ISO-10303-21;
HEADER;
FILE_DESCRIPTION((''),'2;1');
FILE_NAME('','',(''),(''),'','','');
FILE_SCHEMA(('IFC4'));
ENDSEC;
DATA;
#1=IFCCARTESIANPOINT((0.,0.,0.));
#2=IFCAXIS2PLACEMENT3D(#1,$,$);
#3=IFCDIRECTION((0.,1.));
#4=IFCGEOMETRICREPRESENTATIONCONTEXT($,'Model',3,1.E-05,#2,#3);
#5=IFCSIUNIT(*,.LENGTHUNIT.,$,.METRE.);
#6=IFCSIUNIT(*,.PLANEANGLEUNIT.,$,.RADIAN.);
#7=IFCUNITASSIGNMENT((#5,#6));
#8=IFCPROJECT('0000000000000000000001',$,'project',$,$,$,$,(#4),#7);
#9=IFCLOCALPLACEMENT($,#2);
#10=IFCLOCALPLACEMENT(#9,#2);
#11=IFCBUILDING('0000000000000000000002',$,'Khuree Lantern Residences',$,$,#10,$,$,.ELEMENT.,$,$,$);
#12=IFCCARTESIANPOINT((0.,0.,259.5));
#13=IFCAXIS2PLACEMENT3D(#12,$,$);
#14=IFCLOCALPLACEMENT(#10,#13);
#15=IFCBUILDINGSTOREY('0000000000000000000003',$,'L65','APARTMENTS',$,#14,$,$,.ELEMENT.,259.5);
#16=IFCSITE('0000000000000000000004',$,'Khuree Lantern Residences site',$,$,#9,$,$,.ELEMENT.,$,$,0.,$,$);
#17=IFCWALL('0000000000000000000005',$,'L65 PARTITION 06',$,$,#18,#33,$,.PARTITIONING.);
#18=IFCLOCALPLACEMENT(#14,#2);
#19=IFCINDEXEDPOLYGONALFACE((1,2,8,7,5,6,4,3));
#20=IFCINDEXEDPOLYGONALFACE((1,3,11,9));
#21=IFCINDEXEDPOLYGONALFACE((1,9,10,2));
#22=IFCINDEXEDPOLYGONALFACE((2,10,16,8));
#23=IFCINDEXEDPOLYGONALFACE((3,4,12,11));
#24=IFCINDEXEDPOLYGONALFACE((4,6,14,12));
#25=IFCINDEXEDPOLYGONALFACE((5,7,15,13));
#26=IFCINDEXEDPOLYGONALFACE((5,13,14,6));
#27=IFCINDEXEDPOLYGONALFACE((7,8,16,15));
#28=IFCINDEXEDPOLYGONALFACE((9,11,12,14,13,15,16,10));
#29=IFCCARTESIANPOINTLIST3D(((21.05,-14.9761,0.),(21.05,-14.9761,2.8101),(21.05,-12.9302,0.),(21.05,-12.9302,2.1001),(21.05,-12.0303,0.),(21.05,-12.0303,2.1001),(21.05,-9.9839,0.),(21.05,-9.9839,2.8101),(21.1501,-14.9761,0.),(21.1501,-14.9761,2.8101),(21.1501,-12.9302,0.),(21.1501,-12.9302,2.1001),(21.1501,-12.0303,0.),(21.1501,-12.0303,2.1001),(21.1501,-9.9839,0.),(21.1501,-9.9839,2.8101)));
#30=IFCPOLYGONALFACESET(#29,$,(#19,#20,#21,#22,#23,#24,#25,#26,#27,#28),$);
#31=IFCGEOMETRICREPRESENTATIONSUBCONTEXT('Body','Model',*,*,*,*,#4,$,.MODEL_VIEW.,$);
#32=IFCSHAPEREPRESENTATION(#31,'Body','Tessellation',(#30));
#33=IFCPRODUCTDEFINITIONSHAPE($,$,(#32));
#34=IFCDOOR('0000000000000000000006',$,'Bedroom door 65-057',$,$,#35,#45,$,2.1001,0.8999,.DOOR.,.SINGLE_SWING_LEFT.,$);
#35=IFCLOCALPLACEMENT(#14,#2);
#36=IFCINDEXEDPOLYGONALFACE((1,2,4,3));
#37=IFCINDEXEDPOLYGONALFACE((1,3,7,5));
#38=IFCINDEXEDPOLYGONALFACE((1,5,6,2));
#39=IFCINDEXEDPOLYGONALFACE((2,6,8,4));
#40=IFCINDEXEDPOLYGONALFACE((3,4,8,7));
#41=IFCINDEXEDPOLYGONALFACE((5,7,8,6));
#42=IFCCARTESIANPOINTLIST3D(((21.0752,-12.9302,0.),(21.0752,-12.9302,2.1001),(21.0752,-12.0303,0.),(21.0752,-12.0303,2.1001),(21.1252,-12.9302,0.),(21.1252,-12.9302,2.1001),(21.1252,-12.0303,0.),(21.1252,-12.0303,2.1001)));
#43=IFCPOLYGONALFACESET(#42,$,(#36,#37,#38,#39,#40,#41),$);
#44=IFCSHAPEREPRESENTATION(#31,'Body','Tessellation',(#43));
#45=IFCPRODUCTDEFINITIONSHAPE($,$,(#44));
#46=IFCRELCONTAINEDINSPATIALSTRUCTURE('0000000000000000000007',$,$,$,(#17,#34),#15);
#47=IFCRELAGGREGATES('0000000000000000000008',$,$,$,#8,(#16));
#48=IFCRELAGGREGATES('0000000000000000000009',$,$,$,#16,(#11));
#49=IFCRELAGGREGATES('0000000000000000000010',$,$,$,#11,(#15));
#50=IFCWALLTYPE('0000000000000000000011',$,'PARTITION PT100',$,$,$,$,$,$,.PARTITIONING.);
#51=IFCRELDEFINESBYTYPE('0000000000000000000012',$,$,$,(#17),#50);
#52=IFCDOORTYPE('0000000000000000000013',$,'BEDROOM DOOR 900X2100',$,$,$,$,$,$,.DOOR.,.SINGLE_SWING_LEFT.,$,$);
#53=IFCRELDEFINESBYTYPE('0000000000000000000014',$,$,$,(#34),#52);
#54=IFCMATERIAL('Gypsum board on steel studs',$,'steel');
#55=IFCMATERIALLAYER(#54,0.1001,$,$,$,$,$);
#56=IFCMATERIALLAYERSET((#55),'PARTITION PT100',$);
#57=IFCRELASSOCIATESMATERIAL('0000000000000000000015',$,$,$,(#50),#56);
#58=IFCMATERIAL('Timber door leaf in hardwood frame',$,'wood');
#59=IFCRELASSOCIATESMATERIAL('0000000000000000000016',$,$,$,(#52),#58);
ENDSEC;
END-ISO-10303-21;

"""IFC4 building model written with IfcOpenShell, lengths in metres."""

from ifc_helpers import new_model, si_unit, direction, frame, frame_2d, origin, place, context, subcontext, project, spatial, rectangle, extrude, material, layer, layer_set, type_object, element, fill, save


model = new_model("IFC4")

# Units and contexts
model_context = context("Model", 3, precision=1e-05, world=origin(), true_north=direction((0.0, 1.0)))
body_context = subcontext(model_context, "Body", "Model", "MODEL_VIEW")
ifc_project = project(units=[si_unit("LENGTHUNIT", "METRE"), si_unit("PLANEANGLEUNIT", "RADIAN")], contexts=[model_context])

# Site, building, storey
site_placement = place(None, origin())
site = spatial("IfcSite", under=ifc_project, at=site_placement, Name="Khuree Lantern Residences site", CompositionType="ELEMENT", RefElevation=0.0)
building_placement = place(site_placement, origin())
building = spatial("IfcBuilding", under=site, at=building_placement, Name="Khuree Lantern Residences", CompositionType="ELEMENT")
storey_placement = place(building_placement, frame((0.0, 0.0, 259.5)))
storey = spatial("IfcBuildingStorey", under=building, at=storey_placement, Name="L65", Description="APARTMENTS", CompositionType="ELEMENT", Elevation=259.5)

# Shared definitions
ifc_material_1 = material(Name="Timber door leaf in hardwood frame", Category="wood")

# Shared definitions
ifc_material_2 = material(Name="Gypsum board on steel studs", Category="steel")

# Shared definitions
ifc_layer_1 = layer(ifc_material_2, 0.1001)
ifc_layer_set_1 = layer_set([ifc_layer_1], Name="PARTITION PT100")
wall_type_1 = type_object("IfcWallType", Name="PARTITION PT100", PredefinedType="PARTITIONING", material=ifc_layer_set_1)

# Wall, opening, door
door_type_1 = type_object("IfcDoorType", Name="BEDROOM DOOR 900X2100", OperationType="SINGLE_SWING_LEFT", PredefinedType="DOOR", material=ifc_material_1)
wall_1_placement = place(storey_placement, frame((21.1001, -14.9761, 0.0), z_axis=(0.0, 0.0, 1.0), x_axis=(0.0, 1.0, 0.0)))
wall_1 = element("IfcWall", 1, at=wall_1_placement, inside=storey, type_object=wall_type_1, Name="L65 PARTITION 06", PredefinedType="PARTITIONING", context=body_context, shape_type="SweptSolid", body=[
    extrude(rectangle(XDim=4.9922, YDim=0.1001, at=frame_2d((2.4961, 0.0))), origin(), (0.0, 0.0, 1.0), 2.8101),
])
opening_1_placement = place(wall_1_placement, frame((2.0459, 0.0, 0.0)))
opening_1 = element("IfcOpeningElement", 2, at=opening_1_placement, cuts=wall_1, PredefinedType="OPENING", context=body_context, shape_type="SweptSolid", body=[
    extrude(rectangle(XDim=0.8999, YDim=2.1001, at=frame_2d((0.45, 1.05))), frame((0.0, 0.0601, 0.0), z_axis=(0.0, -1.0, 0.0), x_axis=(1.0, 0.0, 0.0)), (0.0, 0.0, 1.0), 0.1201),
])
door_1_placement = place(opening_1_placement, origin())
door_1 = element("IfcDoor", 3, at=door_1_placement, inside=storey, type_object=door_type_1, Name="Bedroom door 65-057", OperationType="SINGLE_SWING_LEFT", OverallHeight=2.1001, OverallWidth=0.8999, PredefinedType="DOOR", context=body_context, shape_type="SweptSolid", body=[
    extrude(rectangle(XDim=0.8999, YDim=2.1001, at=frame_2d((0.45, 1.05))), frame((0.0, 0.0249, 0.0), z_axis=(0.0, -1.0, 0.0), x_axis=(1.0, 0.0, 0.0)), (0.0, 0.0, 1.0), 0.05),
])
fill(opening_1, door_1)

save(model, "model.ifc")
